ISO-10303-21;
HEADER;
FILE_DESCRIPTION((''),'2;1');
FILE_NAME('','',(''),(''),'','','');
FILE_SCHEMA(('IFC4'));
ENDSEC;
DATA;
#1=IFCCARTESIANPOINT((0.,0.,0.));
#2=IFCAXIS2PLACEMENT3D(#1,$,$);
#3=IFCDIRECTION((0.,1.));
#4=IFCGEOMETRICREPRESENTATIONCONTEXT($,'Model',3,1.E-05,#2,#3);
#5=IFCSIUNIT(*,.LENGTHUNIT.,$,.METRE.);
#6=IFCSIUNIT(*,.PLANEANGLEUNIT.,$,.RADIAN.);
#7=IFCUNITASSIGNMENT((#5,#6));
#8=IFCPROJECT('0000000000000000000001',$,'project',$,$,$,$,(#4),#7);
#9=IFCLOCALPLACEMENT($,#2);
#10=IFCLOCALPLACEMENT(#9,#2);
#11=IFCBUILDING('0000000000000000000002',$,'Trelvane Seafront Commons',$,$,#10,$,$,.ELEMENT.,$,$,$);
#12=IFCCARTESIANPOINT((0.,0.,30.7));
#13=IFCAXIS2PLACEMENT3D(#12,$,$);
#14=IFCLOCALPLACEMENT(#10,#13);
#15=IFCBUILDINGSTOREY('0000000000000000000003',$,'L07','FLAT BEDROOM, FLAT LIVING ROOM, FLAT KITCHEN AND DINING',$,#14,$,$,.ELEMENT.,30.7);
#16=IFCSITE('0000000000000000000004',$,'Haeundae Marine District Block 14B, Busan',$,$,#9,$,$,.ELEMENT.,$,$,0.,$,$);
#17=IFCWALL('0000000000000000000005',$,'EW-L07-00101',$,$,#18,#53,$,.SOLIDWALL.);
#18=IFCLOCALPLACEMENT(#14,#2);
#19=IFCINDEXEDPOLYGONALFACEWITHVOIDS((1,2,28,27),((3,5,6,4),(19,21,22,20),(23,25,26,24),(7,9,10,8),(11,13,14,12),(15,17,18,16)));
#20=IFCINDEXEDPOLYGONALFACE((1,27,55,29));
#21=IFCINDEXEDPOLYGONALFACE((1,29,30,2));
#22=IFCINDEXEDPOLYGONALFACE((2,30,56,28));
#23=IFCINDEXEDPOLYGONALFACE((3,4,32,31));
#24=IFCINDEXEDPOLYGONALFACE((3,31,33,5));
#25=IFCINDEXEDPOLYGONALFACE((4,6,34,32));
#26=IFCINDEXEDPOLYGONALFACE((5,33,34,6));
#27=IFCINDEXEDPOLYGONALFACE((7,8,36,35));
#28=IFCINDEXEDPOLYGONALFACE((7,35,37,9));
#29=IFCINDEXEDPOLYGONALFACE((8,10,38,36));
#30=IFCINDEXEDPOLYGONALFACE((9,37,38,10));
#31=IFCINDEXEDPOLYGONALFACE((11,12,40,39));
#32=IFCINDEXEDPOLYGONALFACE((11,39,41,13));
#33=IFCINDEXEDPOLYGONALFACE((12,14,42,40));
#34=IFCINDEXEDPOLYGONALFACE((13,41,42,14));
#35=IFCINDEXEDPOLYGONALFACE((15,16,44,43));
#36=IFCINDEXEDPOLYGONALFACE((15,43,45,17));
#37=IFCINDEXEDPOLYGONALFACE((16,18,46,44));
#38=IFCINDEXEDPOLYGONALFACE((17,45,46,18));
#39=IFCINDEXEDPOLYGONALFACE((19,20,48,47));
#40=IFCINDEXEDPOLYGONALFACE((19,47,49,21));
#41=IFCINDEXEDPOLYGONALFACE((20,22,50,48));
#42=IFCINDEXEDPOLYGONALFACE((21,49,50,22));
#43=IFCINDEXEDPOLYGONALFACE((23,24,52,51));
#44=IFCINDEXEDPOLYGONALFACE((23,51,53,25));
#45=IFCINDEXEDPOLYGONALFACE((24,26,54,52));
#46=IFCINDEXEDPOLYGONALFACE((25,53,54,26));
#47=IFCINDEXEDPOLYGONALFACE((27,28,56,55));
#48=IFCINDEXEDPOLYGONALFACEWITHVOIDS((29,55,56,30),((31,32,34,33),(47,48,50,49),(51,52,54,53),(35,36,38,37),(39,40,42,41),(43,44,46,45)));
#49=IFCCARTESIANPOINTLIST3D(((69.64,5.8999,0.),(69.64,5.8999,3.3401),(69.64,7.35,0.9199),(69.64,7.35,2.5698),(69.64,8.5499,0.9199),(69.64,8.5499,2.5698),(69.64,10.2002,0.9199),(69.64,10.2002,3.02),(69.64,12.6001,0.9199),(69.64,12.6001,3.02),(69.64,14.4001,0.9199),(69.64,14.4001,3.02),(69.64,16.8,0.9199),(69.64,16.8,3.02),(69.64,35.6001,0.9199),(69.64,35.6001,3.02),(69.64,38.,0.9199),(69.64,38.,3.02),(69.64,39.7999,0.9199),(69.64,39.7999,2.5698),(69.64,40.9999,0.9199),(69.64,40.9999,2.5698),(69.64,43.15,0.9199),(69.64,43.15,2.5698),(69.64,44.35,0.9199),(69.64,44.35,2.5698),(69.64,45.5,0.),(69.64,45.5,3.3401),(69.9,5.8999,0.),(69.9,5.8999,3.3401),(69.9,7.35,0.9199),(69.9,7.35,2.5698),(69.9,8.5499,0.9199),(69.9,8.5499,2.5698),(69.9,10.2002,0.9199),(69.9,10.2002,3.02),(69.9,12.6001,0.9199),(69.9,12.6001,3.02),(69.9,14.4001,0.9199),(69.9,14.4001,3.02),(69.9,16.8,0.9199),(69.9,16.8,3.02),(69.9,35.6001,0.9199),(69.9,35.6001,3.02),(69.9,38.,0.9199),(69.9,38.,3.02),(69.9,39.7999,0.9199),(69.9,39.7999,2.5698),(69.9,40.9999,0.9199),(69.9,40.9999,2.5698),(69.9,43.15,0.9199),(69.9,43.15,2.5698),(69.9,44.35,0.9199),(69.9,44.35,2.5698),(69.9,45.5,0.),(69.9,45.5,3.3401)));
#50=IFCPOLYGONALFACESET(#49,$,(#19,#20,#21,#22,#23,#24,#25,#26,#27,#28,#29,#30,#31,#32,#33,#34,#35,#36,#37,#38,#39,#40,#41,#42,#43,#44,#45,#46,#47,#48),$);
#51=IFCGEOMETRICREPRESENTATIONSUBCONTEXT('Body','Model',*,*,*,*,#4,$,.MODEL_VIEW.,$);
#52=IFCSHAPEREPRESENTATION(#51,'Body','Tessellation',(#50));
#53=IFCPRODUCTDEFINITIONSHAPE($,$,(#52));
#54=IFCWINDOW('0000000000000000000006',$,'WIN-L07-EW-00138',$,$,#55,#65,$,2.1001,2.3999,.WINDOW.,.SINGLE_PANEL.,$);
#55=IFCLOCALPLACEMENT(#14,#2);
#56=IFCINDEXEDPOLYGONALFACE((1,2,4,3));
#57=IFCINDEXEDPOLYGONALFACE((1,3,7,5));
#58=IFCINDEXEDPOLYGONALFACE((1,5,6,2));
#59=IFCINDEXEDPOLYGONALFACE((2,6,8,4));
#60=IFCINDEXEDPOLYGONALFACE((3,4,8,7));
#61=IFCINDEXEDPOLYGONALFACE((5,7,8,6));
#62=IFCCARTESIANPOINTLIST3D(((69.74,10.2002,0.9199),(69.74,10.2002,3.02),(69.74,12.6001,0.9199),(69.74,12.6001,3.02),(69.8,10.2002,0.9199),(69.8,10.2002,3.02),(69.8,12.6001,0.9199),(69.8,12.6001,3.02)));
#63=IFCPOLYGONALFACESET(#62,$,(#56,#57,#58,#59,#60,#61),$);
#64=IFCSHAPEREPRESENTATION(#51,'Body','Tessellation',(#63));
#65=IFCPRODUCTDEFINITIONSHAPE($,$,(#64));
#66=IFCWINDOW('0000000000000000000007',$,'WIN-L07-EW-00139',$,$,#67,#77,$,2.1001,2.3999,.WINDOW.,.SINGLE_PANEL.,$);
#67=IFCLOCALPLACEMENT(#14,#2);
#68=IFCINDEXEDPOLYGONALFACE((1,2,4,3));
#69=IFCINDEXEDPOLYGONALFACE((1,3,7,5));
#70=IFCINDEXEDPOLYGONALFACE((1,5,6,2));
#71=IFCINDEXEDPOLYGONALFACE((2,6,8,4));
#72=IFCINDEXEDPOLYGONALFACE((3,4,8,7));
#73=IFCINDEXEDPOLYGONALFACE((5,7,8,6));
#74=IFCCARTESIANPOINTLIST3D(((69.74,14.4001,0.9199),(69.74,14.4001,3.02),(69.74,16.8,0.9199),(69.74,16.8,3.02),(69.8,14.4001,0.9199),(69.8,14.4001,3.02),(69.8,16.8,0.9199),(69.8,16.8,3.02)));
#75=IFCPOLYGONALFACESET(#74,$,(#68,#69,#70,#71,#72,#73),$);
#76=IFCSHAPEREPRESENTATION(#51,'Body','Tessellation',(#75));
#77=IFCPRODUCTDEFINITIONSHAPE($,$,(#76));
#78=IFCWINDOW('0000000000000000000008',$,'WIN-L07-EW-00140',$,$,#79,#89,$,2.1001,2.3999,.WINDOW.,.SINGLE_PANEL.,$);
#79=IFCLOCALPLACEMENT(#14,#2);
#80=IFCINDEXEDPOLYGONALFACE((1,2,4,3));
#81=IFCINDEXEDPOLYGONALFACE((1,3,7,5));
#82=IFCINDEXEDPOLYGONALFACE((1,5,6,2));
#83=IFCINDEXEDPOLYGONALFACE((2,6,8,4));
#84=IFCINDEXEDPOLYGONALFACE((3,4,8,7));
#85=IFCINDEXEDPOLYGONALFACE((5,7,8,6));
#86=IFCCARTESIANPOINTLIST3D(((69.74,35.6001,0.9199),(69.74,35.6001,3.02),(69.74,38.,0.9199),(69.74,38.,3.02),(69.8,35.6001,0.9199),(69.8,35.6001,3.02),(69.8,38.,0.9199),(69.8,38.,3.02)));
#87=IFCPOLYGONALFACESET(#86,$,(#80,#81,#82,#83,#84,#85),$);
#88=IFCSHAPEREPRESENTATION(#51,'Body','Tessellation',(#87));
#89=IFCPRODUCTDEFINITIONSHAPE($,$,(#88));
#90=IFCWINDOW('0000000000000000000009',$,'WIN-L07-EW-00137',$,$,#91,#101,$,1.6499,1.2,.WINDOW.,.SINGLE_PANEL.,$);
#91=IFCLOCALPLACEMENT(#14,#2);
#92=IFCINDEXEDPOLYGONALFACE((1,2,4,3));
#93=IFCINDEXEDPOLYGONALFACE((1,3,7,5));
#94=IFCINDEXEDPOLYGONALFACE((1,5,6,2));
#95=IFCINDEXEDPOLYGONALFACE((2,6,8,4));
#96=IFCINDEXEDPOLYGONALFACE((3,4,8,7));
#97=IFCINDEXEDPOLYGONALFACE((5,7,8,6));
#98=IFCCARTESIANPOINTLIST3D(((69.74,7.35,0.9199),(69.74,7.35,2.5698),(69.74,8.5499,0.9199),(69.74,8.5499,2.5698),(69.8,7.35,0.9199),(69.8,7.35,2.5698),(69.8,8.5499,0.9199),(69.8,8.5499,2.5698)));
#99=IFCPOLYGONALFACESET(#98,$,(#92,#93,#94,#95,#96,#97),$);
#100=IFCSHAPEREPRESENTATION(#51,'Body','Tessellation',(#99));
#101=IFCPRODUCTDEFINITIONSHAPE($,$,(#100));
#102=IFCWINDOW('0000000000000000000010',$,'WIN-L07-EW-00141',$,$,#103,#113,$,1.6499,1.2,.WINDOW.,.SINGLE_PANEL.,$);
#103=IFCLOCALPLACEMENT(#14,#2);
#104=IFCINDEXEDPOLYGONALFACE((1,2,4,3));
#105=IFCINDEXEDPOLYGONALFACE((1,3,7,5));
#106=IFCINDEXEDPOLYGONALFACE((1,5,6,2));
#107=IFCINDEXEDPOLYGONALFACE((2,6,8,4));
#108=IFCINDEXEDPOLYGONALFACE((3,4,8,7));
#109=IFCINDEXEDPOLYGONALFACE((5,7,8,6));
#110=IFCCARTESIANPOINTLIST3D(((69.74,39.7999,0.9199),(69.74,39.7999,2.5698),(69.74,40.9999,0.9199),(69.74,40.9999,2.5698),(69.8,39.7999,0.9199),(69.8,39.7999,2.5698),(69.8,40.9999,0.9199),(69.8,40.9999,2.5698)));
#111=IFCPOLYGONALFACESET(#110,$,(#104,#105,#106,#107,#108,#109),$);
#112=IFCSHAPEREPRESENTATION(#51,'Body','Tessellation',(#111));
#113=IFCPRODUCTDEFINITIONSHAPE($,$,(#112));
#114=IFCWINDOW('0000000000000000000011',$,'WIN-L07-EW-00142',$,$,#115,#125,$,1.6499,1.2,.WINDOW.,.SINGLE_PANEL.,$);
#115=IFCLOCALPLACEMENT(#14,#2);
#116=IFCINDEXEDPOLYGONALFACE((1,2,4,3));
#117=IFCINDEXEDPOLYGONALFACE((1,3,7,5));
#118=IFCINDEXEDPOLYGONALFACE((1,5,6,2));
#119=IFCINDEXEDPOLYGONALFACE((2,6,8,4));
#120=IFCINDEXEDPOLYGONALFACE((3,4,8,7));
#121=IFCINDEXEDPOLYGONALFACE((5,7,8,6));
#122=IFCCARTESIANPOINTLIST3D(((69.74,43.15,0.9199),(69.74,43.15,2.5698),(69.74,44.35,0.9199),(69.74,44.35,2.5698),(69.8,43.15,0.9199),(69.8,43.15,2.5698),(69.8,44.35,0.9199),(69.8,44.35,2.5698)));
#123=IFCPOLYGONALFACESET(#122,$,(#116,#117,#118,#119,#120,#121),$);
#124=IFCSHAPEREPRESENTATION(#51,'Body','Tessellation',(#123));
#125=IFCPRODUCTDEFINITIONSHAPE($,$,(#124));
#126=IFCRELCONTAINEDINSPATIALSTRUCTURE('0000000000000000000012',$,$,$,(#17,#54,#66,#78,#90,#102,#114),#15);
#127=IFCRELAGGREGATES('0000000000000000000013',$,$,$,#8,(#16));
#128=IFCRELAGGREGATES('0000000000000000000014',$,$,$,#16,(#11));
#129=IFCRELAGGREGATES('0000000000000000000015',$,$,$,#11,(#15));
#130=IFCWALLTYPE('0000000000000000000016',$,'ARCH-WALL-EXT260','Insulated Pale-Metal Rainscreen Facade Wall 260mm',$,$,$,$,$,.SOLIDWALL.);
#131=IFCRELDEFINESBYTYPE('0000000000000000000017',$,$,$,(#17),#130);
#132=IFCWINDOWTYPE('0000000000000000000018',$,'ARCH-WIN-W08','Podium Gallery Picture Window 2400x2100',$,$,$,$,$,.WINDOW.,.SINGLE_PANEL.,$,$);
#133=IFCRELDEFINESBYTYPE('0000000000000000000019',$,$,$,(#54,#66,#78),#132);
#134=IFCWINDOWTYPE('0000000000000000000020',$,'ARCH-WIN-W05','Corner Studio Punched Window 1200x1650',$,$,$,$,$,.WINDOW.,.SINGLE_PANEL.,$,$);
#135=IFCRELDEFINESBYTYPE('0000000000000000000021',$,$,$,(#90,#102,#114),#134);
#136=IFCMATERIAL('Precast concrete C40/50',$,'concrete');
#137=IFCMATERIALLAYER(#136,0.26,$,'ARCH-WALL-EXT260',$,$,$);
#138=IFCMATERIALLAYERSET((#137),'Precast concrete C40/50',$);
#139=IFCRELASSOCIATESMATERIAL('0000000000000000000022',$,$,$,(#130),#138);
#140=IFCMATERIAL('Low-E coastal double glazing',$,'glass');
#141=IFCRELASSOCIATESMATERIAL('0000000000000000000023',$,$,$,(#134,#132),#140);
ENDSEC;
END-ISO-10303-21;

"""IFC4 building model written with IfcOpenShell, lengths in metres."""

from ifc_helpers import new_model, si_unit, direction, frame, frame_2d, origin, place, context, subcontext, project, spatial, rectangle, extrude, source, transform, mapped, material, layer, layer_set, type_object, element, fill, save


model = new_model("IFC4")

# Units and contexts
model_context = context("Model", 3, precision=1e-05, world=origin(), true_north=direction((0.0, 1.0)))
body_context = subcontext(model_context, "Body", "Model", "MODEL_VIEW")
ifc_project = project(units=[si_unit("LENGTHUNIT", "METRE"), si_unit("PLANEANGLEUNIT", "RADIAN")], contexts=[model_context])

# Site, building, storey
site_placement = place(None, origin())
site = spatial("IfcSite", under=ifc_project, at=site_placement, Name="Haeundae Marine District Block 14B, Busan", CompositionType="ELEMENT", RefElevation=0.0)
building_placement = place(site_placement, origin())
building = spatial("IfcBuilding", under=site, at=building_placement, Name="Trelvane Seafront Commons", CompositionType="ELEMENT")
storey_placement = place(building_placement, frame((0.0, 0.0, 30.7)))
storey = spatial("IfcBuildingStorey", under=building, at=storey_placement, Name="L07", Description="FLAT BEDROOM, FLAT LIVING ROOM, FLAT KITCHEN AND DINING", CompositionType="ELEMENT", Elevation=30.7)

# Shared definitions
ifc_material_1 = material(Name="Low-E coastal double glazing", Category="glass")

# Shared definitions
ifc_material_2 = material(Name="Precast concrete C40/50", Category="concrete")
ifc_layer_1 = layer(ifc_material_2, 0.26, Name="ARCH-WALL-EXT260")
ifc_layer_set_1 = layer_set([ifc_layer_1], Name="Precast concrete C40/50")
wall_type = type_object("IfcWallType", Name="ARCH-WALL-EXT260", Description="Insulated Pale-Metal Rainscreen Facade Wall 260mm", PredefinedType="SOLIDWALL", material=ifc_layer_set_1)
window_type_1 = type_object("IfcWindowType", Name="ARCH-WIN-W05", Description="Corner Studio Punched Window 1200x1650", PartitioningType="SINGLE_PANEL", PredefinedType="WINDOW", material=ifc_material_1)
shared_shape_1 = source(origin(), body_context, "Body", "SweptSolid", [
    extrude(rectangle(XDim=1.2, YDim=1.6499, at=frame_2d((0.6001, 0.825))), frame((0.0, 0.03, 0.0), z_axis=(0.0, -1.0, 0.0), x_axis=(1.0, 0.0, 0.0)), (0.0, 0.0, 1.0), 0.0601),
])

# Wall, openings, windows
wall_1_placement = place(storey_placement, frame((69.77, 45.5, 0.0), z_axis=(0.0, 0.0, 1.0), x_axis=(0.0, -1.0, 0.0)))
wall_1 = element("IfcWall", 1, at=wall_1_placement, inside=storey, type_object=wall_type, Name="EW-L07-00101", PredefinedType="SOLIDWALL", context=body_context, shape_type="SweptSolid", body=[
    extrude(rectangle(XDim=39.6001, YDim=0.26, at=frame_2d((19.8, 0.0))), origin(), (0.0, 0.0, 1.0), 3.3401),
])
opening_1_placement = place(wall_1_placement, frame((36.95, 0.0, 0.9199)))
opening_1 = element("IfcOpeningElement", 2, at=opening_1_placement, cuts=wall_1, PredefinedType="OPENING", context=body_context, shape_type="SweptSolid", body=[
    extrude(rectangle(XDim=1.2, YDim=1.6499, at=frame_2d((0.6001, 0.825))), frame((0.0, 0.1399, 0.0), z_axis=(0.0, -1.0, 0.0), x_axis=(1.0, 0.0, 0.0)), (0.0, 0.0, 1.0), 0.28),
])
opening_2_placement = place(wall_1_placement, frame((32.8999, 0.0, 0.9199)))
opening_2 = element("IfcOpeningElement", 3, at=opening_2_placement, cuts=wall_1, PredefinedType="OPENING", context=body_context, shape_type="SweptSolid", body=[
    extrude(rectangle(XDim=2.3999, YDim=2.1001, at=frame_2d((1.2, 1.05))), frame((0.0, 0.1399, 0.0), z_axis=(0.0, -1.0, 0.0), x_axis=(1.0, 0.0, 0.0)), (0.0, 0.0, 1.0), 0.28),
])
opening_3_placement = place(wall_1_placement, frame((28.7, 0.0, 0.9199)))
opening_3 = element("IfcOpeningElement", 4, at=opening_3_placement, cuts=wall_1, PredefinedType="OPENING", context=body_context, shape_type="SweptSolid", body=[
    extrude(rectangle(XDim=2.3999, YDim=2.1001, at=frame_2d((1.2, 1.05))), frame((0.0, 0.1399, 0.0), z_axis=(0.0, -1.0, 0.0), x_axis=(1.0, 0.0, 0.0)), (0.0, 0.0, 1.0), 0.28),
])
opening_4_placement = place(wall_1_placement, frame((7.5, 0.0, 0.9199)))
opening_4 = element("IfcOpeningElement", 5, at=opening_4_placement, cuts=wall_1, PredefinedType="OPENING", context=body_context, shape_type="SweptSolid", body=[
    extrude(rectangle(XDim=2.3999, YDim=2.1001, at=frame_2d((1.2, 1.05))), frame((0.0, 0.1399, 0.0), z_axis=(0.0, -1.0, 0.0), x_axis=(1.0, 0.0, 0.0)), (0.0, 0.0, 1.0), 0.28),
])
opening_5_placement = place(wall_1_placement, frame((4.5, 0.0, 0.9199)))
opening_5 = element("IfcOpeningElement", 6, at=opening_5_placement, cuts=wall_1, PredefinedType="OPENING", context=body_context, shape_type="SweptSolid", body=[
    extrude(rectangle(XDim=1.2, YDim=1.6499, at=frame_2d((0.6001, 0.825))), frame((0.0, 0.1399, 0.0), z_axis=(0.0, -1.0, 0.0), x_axis=(1.0, 0.0, 0.0)), (0.0, 0.0, 1.0), 0.28),
])
opening_6_placement = place(wall_1_placement, frame((1.1499, 0.0, 0.9199)))
opening_6 = element("IfcOpeningElement", 7, at=opening_6_placement, cuts=wall_1, PredefinedType="OPENING", context=body_context, shape_type="SweptSolid", body=[
    extrude(rectangle(XDim=1.2, YDim=1.6499, at=frame_2d((0.6001, 0.825))), frame((0.0, 0.1399, 0.0), z_axis=(0.0, -1.0, 0.0), x_axis=(1.0, 0.0, 0.0)), (0.0, 0.0, 1.0), 0.28),
])
window_type_2 = type_object("IfcWindowType", Name="ARCH-WIN-W08", Description="Podium Gallery Picture Window 2400x2100", PartitioningType="SINGLE_PANEL", PredefinedType="WINDOW", material=ifc_material_1)
shared_shape_2 = source(origin(), body_context, "Body", "SweptSolid", [
    extrude(rectangle(XDim=2.3999, YDim=2.1001, at=frame_2d((1.2, 1.05))), frame((0.0, 0.03, 0.0), z_axis=(0.0, -1.0, 0.0), x_axis=(1.0, 0.0, 0.0)), (0.0, 0.0, 1.0), 0.0601),
])
window_1_placement = place(opening_2_placement, origin())
window_1 = element("IfcWindow", 8, at=window_1_placement, inside=storey, type_object=window_type_2, Name="WIN-L07-EW-00138", OverallHeight=2.1001, OverallWidth=2.3999, PartitioningType="SINGLE_PANEL", PredefinedType="WINDOW", context=body_context, shape_type="MappedRepresentation", body=[
    mapped(shared_shape_2, transform((0.0, 0.0, 0.0), x_axis=(1.0, 0.0, 0.0), y_axis=(0.0, 1.0, 0.0), z_axis=(0.0, 0.0, 1.0), scale=1.0)),
])
fill(opening_2, window_1)
window_2_placement = place(opening_3_placement, origin())
window_2 = element("IfcWindow", 9, at=window_2_placement, inside=storey, type_object=window_type_2, Name="WIN-L07-EW-00139", OverallHeight=2.1001, OverallWidth=2.3999, PartitioningType="SINGLE_PANEL", PredefinedType="WINDOW", context=body_context, shape_type="MappedRepresentation", body=[
    mapped(shared_shape_2, transform((0.0, 0.0, 0.0), x_axis=(1.0, 0.0, 0.0), y_axis=(0.0, 1.0, 0.0), z_axis=(0.0, 0.0, 1.0), scale=1.0)),
])
fill(opening_3, window_2)
window_3_placement = place(opening_4_placement, origin())
window_3 = element("IfcWindow", 10, at=window_3_placement, inside=storey, type_object=window_type_2, Name="WIN-L07-EW-00140", OverallHeight=2.1001, OverallWidth=2.3999, PartitioningType="SINGLE_PANEL", PredefinedType="WINDOW", context=body_context, shape_type="MappedRepresentation", body=[
    mapped(shared_shape_2, transform((0.0, 0.0, 0.0), x_axis=(1.0, 0.0, 0.0), y_axis=(0.0, 1.0, 0.0), z_axis=(0.0, 0.0, 1.0), scale=1.0)),
])
fill(opening_4, window_3)
window_4_placement = place(opening_1_placement, origin())
window_4 = element("IfcWindow", 11, at=window_4_placement, inside=storey, type_object=window_type_1, Name="WIN-L07-EW-00137", OverallHeight=1.6499, OverallWidth=1.2, PartitioningType="SINGLE_PANEL", PredefinedType="WINDOW", context=body_context, shape_type="MappedRepresentation", body=[
    mapped(shared_shape_1, transform((0.0, 0.0, 0.0), x_axis=(1.0, 0.0, 0.0), y_axis=(0.0, 1.0, 0.0), z_axis=(0.0, 0.0, 1.0), scale=1.0)),
])
fill(opening_1, window_4)
window_5_placement = place(opening_5_placement, origin())
window_5 = element("IfcWindow", 12, at=window_5_placement, inside=storey, type_object=window_type_1, Name="WIN-L07-EW-00141", OverallHeight=1.6499, OverallWidth=1.2, PartitioningType="SINGLE_PANEL", PredefinedType="WINDOW", context=body_context, shape_type="MappedRepresentation", body=[
    mapped(shared_shape_1, transform((0.0, 0.0, 0.0), x_axis=(1.0, 0.0, 0.0), y_axis=(0.0, 1.0, 0.0), z_axis=(0.0, 0.0, 1.0), scale=1.0)),
])
fill(opening_5, window_5)
window_6_placement = place(opening_6_placement, origin())
window_6 = element("IfcWindow", 13, at=window_6_placement, inside=storey, type_object=window_type_1, Name="WIN-L07-EW-00142", OverallHeight=1.6499, OverallWidth=1.2, PartitioningType="SINGLE_PANEL", PredefinedType="WINDOW", context=body_context, shape_type="MappedRepresentation", body=[
    mapped(shared_shape_1, transform((0.0, 0.0, 0.0), x_axis=(1.0, 0.0, 0.0), y_axis=(0.0, 1.0, 0.0), z_axis=(0.0, 0.0, 1.0), scale=1.0)),
])
fill(opening_6, window_6)

save(model, "model.ifc")
